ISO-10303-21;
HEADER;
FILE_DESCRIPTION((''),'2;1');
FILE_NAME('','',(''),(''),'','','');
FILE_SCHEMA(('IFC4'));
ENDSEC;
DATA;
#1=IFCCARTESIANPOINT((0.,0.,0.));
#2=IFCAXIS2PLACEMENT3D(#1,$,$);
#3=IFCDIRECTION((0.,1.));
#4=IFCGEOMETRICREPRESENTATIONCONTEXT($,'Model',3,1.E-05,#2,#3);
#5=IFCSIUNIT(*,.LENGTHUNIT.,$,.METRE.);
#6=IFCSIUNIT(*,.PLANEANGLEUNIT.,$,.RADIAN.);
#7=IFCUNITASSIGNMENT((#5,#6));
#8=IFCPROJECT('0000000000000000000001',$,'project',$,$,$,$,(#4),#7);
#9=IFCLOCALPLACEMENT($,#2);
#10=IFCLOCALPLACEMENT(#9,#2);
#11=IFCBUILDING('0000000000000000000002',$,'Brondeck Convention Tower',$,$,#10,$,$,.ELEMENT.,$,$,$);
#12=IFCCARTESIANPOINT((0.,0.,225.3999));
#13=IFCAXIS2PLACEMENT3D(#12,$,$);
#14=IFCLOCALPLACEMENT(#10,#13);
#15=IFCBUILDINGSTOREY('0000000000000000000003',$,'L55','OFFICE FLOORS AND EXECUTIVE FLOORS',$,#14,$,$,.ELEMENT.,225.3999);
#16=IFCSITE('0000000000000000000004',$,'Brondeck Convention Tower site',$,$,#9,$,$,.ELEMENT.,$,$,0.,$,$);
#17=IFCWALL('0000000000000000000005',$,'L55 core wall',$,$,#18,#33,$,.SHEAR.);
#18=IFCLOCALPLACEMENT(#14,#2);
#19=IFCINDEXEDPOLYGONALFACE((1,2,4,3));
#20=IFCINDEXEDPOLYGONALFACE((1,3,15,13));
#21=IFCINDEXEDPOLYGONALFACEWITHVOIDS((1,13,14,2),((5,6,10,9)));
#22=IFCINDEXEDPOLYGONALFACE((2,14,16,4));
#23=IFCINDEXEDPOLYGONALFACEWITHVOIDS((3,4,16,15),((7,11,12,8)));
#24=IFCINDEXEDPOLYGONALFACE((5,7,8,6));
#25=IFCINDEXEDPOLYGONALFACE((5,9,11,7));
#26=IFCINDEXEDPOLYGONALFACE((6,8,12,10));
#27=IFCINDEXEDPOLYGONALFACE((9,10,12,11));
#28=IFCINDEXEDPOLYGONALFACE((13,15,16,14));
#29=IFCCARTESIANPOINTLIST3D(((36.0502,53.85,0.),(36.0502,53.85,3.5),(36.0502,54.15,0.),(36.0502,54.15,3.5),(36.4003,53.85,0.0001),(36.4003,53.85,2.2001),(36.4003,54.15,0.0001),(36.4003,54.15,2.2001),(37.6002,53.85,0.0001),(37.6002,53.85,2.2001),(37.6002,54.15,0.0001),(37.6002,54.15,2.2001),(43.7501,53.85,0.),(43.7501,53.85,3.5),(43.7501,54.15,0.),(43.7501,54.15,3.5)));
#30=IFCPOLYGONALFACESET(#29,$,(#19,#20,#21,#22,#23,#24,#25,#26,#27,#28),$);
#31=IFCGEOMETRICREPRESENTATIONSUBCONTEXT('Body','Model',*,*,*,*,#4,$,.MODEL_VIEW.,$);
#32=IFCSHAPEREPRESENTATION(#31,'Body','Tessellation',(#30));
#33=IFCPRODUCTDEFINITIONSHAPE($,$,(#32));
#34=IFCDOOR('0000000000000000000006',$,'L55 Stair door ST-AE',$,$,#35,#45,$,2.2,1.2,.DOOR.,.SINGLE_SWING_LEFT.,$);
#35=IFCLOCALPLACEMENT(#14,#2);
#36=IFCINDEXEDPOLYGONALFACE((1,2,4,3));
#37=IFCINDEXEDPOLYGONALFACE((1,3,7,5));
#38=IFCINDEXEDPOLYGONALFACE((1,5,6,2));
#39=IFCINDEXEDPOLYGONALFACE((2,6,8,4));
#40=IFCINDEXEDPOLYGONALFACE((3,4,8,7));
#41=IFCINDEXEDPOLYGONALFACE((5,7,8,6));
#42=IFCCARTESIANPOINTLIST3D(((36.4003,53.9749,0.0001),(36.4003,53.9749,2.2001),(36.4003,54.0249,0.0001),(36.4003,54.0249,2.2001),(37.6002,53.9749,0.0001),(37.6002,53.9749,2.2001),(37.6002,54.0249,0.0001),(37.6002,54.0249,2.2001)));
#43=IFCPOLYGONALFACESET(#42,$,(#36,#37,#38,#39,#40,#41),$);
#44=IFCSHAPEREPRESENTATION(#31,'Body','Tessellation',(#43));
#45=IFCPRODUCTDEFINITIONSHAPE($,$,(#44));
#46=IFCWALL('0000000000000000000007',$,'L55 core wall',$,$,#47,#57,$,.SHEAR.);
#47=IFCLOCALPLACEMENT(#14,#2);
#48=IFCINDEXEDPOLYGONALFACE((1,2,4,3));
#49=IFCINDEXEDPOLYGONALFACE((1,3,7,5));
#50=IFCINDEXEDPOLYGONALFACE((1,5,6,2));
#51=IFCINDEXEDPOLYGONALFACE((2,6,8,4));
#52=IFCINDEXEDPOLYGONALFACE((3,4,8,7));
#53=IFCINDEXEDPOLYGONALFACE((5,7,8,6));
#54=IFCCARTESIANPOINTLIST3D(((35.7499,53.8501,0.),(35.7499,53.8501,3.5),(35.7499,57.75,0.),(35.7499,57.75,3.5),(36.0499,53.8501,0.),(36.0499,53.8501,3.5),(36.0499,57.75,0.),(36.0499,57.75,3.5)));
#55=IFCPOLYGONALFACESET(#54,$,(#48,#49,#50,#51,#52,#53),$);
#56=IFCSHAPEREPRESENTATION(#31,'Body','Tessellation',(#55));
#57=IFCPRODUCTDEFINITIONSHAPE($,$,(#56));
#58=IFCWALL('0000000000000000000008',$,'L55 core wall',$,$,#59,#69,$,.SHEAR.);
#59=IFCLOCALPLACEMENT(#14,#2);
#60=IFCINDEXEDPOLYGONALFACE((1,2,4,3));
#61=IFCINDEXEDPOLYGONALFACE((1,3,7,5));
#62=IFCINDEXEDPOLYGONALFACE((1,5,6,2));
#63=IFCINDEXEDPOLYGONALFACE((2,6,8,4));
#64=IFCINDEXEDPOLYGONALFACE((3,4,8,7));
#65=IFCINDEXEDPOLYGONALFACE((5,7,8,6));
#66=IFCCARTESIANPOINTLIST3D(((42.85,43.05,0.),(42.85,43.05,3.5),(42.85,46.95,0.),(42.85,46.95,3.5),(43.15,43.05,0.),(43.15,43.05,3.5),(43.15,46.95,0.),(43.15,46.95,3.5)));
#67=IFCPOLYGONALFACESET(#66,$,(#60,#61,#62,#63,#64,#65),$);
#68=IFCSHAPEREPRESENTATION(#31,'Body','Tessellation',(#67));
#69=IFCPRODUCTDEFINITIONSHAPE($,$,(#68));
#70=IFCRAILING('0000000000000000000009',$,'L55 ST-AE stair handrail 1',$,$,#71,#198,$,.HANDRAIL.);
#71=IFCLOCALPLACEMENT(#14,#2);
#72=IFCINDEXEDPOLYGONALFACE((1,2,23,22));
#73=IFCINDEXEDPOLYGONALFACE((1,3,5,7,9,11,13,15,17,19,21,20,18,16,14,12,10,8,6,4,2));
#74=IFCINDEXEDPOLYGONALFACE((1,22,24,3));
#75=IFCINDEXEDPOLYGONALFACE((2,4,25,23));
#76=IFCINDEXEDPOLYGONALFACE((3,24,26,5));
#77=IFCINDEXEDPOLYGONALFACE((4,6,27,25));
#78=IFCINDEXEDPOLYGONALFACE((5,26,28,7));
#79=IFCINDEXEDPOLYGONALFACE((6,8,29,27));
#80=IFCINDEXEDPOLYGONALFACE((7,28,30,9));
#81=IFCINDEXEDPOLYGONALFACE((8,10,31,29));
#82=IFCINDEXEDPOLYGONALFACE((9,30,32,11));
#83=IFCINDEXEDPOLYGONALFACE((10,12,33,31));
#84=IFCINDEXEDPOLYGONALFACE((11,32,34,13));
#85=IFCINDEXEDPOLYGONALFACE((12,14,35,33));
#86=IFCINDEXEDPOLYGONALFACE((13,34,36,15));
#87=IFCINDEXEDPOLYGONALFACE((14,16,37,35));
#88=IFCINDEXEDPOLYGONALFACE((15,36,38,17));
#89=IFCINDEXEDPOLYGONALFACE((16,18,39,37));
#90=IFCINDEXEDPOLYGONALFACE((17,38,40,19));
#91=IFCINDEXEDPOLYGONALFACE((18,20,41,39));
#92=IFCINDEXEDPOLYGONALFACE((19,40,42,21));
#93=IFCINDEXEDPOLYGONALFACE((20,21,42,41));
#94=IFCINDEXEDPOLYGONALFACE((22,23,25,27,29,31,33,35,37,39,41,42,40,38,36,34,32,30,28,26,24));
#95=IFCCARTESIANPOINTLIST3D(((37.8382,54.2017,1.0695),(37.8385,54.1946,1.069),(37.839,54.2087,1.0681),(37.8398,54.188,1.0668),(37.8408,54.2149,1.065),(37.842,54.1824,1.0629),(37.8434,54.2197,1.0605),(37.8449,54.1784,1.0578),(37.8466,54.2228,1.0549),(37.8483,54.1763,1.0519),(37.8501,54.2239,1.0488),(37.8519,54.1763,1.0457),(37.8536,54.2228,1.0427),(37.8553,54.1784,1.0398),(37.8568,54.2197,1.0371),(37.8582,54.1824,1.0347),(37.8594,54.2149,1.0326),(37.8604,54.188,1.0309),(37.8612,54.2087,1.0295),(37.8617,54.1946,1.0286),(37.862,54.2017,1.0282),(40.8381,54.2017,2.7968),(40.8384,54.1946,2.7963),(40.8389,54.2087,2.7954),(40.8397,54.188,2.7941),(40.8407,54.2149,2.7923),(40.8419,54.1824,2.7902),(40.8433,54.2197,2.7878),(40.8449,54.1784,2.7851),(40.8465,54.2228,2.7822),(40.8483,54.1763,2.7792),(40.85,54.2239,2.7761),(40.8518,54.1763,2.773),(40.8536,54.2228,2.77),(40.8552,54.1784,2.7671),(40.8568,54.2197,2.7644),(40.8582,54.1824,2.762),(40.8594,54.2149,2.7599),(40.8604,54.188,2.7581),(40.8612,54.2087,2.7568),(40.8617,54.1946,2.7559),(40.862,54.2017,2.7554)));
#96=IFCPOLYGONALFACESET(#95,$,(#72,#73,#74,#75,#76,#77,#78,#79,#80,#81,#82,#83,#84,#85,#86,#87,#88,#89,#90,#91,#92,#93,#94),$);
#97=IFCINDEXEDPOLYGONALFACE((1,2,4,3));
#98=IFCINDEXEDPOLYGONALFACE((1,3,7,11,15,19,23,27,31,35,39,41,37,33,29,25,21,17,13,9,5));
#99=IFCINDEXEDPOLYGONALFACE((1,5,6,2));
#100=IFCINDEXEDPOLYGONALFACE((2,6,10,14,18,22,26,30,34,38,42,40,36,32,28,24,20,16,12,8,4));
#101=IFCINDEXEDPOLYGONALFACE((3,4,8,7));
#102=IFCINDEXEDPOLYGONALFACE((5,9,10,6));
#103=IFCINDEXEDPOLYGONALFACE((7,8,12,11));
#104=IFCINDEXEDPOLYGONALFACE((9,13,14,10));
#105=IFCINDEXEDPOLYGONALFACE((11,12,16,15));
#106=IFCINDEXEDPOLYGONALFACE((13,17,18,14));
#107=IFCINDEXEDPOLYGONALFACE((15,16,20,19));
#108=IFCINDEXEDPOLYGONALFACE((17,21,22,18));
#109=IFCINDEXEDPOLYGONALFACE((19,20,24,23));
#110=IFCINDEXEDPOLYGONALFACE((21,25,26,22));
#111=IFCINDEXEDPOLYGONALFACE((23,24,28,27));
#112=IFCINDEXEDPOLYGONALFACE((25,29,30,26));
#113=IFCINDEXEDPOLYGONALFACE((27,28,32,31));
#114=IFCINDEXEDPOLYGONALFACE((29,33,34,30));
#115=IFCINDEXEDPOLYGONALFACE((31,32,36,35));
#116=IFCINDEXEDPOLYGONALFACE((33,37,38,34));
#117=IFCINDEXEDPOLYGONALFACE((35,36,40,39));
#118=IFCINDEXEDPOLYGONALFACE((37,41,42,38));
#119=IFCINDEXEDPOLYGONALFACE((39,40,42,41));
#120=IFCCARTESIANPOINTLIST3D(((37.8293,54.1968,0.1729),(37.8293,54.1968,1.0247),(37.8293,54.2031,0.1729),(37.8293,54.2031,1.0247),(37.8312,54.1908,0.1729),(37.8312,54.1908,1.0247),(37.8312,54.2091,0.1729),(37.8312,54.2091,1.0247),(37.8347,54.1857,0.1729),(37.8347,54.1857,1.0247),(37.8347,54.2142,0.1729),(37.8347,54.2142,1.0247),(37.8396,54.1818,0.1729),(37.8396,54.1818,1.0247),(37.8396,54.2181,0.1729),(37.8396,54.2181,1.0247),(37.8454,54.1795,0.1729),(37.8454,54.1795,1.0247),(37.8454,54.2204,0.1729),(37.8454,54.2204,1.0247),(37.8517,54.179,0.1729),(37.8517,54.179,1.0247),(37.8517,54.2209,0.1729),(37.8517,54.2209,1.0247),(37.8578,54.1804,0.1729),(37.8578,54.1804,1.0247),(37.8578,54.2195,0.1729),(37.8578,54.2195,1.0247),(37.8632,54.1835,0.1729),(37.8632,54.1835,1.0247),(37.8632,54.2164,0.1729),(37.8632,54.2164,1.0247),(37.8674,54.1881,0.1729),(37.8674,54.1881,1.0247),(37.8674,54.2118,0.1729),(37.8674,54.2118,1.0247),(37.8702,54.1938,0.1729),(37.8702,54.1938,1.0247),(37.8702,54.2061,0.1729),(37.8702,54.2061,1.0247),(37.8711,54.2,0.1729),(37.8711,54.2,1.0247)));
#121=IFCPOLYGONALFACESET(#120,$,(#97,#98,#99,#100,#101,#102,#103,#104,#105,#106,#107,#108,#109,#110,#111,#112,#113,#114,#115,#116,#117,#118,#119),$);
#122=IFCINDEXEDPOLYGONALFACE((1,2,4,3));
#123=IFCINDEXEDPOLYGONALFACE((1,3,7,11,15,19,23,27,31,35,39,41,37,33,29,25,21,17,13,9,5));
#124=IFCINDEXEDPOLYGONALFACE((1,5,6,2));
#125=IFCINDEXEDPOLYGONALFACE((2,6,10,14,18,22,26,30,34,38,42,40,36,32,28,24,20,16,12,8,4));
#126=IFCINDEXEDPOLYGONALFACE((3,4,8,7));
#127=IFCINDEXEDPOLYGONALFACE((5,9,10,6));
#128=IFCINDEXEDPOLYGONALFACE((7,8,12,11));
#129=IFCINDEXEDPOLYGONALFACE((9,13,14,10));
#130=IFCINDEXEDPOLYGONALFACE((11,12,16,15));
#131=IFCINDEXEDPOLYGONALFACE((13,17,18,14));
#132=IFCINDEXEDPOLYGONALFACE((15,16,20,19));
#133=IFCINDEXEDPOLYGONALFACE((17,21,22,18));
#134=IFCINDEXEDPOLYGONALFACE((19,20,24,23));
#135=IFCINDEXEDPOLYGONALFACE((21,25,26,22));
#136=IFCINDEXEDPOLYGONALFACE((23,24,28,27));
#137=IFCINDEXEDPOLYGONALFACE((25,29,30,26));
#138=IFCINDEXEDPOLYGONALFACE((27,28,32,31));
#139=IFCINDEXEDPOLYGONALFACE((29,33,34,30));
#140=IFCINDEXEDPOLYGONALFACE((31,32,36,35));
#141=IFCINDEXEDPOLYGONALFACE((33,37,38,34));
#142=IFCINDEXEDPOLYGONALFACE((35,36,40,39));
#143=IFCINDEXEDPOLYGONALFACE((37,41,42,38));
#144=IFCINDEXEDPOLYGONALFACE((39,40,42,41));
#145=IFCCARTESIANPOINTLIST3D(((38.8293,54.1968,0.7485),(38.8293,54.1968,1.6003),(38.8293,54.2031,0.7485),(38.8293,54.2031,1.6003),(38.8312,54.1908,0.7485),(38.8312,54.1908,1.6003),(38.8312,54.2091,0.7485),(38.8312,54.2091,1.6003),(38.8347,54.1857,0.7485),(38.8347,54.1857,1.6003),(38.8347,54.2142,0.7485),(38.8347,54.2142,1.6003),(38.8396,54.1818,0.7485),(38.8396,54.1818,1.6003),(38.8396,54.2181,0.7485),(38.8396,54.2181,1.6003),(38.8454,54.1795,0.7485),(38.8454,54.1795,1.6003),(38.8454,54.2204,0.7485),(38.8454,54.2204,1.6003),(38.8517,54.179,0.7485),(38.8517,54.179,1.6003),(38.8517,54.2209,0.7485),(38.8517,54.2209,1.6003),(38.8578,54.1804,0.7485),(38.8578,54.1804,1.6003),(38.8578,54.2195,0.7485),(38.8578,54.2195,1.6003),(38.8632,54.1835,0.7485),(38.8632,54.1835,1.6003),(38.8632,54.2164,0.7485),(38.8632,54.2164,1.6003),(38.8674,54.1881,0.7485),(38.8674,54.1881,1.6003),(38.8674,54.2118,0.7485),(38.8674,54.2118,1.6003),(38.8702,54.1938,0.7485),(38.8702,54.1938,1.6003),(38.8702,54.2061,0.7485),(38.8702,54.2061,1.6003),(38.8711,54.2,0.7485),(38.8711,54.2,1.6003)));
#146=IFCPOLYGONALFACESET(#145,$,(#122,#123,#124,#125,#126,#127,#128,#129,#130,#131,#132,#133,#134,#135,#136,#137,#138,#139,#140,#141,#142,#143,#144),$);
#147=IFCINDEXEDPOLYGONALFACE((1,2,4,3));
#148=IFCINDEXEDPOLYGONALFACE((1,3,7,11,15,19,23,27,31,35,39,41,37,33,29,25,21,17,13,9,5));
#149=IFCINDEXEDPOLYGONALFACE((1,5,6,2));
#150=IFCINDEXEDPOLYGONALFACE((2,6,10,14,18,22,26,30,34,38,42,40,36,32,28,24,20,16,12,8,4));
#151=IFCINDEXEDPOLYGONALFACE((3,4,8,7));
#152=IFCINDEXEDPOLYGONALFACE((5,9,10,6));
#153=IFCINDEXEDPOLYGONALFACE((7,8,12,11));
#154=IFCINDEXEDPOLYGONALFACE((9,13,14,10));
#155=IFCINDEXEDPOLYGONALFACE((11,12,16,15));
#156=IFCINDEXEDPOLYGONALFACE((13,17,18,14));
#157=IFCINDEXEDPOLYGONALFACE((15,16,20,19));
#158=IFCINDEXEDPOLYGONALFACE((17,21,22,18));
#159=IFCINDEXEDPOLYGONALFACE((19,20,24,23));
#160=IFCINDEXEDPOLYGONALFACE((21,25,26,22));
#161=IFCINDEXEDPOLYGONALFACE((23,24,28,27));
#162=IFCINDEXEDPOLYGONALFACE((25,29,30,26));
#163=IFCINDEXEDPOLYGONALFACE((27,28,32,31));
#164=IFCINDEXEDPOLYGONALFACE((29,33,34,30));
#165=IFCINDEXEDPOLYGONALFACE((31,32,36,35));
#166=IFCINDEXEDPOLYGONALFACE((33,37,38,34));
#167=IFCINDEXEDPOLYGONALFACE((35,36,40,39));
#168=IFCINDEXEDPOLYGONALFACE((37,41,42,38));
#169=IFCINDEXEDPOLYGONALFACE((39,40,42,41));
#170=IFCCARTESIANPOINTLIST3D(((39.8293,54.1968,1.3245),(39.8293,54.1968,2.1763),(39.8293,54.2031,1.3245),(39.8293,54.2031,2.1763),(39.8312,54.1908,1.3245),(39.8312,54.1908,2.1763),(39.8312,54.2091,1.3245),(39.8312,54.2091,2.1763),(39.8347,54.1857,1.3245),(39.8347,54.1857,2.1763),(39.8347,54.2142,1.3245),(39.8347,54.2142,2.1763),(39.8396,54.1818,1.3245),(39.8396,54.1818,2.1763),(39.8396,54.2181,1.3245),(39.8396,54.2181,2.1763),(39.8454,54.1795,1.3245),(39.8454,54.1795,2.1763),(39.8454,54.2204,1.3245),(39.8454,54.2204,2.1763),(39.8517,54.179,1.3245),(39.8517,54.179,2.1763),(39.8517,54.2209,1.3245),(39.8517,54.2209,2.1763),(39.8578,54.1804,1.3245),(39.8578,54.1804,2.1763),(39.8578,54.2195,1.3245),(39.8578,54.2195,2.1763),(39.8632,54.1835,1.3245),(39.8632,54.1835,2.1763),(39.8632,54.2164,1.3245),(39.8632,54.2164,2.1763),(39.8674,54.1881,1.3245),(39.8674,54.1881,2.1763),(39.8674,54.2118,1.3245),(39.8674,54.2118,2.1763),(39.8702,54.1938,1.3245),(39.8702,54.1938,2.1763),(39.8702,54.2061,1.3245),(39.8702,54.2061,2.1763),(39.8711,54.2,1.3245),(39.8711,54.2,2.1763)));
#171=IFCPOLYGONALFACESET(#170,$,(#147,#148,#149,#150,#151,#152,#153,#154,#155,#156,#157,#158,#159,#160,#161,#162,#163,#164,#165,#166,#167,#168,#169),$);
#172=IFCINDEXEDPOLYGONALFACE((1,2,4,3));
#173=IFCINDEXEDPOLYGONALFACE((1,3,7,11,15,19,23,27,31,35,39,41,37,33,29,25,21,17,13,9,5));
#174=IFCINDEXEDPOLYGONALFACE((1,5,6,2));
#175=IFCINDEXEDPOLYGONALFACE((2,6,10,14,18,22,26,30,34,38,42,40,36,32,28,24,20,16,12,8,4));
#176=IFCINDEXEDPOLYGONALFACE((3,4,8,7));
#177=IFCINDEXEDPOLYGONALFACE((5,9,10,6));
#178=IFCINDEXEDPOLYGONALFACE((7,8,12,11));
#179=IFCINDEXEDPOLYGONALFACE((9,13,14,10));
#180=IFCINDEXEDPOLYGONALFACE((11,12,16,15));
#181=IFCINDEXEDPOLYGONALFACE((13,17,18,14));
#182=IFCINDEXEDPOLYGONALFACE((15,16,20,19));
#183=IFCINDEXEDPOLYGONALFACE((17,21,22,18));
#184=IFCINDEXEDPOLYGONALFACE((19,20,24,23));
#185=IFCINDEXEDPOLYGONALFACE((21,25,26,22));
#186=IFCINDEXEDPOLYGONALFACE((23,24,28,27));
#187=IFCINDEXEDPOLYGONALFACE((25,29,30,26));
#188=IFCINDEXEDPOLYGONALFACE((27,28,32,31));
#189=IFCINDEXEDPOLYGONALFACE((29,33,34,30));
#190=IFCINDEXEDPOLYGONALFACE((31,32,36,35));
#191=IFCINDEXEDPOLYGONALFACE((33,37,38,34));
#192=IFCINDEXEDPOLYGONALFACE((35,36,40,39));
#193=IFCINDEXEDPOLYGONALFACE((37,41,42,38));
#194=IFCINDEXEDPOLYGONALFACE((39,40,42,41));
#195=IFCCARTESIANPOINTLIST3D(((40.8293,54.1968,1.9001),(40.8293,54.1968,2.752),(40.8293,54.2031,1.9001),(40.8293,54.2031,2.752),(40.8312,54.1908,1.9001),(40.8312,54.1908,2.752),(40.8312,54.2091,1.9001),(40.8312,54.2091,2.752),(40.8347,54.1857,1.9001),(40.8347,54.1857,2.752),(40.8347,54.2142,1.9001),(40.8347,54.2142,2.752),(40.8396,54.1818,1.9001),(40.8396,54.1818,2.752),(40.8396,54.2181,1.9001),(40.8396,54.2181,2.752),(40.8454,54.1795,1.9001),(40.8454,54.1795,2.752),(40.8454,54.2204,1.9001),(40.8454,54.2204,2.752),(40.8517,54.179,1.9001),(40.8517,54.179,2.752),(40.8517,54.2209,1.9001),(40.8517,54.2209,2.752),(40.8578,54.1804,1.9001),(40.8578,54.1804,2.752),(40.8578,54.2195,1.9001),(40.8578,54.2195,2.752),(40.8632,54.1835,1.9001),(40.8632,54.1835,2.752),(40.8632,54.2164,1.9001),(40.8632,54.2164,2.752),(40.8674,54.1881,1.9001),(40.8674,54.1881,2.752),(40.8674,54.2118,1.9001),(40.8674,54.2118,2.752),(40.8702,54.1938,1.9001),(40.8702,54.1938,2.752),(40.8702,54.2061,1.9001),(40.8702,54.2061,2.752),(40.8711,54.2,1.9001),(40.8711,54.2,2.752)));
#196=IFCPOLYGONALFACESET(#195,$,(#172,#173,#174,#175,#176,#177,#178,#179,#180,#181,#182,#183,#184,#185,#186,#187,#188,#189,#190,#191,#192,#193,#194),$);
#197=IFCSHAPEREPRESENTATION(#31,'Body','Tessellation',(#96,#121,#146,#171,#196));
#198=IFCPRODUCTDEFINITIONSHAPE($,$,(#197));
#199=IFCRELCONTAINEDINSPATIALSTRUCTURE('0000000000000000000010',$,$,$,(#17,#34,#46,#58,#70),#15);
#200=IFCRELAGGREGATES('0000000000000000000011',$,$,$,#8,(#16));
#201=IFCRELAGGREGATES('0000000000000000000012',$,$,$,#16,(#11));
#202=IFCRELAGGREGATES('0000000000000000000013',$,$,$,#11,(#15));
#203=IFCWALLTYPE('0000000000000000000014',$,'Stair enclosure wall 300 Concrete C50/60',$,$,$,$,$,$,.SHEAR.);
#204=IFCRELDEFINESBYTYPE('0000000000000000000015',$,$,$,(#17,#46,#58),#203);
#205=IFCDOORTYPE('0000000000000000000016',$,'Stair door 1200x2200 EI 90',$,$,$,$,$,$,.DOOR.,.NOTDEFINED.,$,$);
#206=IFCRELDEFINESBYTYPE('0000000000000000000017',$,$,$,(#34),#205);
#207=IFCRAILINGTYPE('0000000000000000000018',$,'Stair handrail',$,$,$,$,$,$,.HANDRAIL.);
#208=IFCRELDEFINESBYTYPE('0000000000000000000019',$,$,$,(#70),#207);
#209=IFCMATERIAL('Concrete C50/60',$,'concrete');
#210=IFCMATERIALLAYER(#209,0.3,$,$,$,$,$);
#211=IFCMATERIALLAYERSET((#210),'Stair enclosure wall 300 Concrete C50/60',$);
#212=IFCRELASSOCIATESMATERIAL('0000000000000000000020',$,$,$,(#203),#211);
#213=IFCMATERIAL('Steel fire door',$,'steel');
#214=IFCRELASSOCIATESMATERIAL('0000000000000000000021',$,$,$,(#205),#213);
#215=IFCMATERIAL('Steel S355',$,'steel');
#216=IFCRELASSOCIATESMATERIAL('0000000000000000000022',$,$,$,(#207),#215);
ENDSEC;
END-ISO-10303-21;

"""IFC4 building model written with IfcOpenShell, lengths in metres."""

from ifc_helpers import new_model, si_unit, direction, frame, frame_2d, origin, origin_2d, place, context, subcontext, project, spatial, rectangle, circle, extrude, material, layer, layer_set, type_object, element, fill, save


model = new_model("IFC4")

# Units and contexts
model_context = context("Model", 3, precision=1e-05, world=origin(), true_north=direction((0.0, 1.0)))
body_context = subcontext(model_context, "Body", "Model", "MODEL_VIEW")
ifc_project = project(units=[si_unit("LENGTHUNIT", "METRE"), si_unit("PLANEANGLEUNIT", "RADIAN")], contexts=[model_context])

# Site, building, storey
site_placement = place(None, origin())
site = spatial("IfcSite", under=ifc_project, at=site_placement, Name="Brondeck Convention Tower site", CompositionType="ELEMENT", RefElevation=0.0)
building_placement = place(site_placement, origin())
building = spatial("IfcBuilding", under=site, at=building_placement, Name="Brondeck Convention Tower", CompositionType="ELEMENT")
storey_placement = place(building_placement, frame((0.0, 0.0, 225.3999)))
storey = spatial("IfcBuildingStorey", under=building, at=storey_placement, Name="L55", Description="OFFICE FLOORS AND EXECUTIVE FLOORS", CompositionType="ELEMENT", Elevation=225.3999)

# Shared definitions
ifc_material_1 = material(Name="Concrete C50/60", Category="concrete")

# Shared definitions
ifc_material_2 = material(Name="Steel S355", Category="steel")

# Shared definitions
ifc_layer_1 = layer(ifc_material_1, 0.3)
ifc_layer_set_1 = layer_set([ifc_layer_1], Name="Stair enclosure wall 300 Concrete C50/60")
wall_type_1 = type_object("IfcWallType", Name="Stair enclosure wall 300 Concrete C50/60", PredefinedType="SHEAR", material=ifc_layer_set_1)
ifc_material_3 = material(Name="Steel fire door", Category="steel")
door_type_1 = type_object("IfcDoorType", Name="Stair door 1200x2200 EI 90", OperationType="NOTDEFINED", PredefinedType="DOOR", material=ifc_material_3)

# Wall, opening, door
wall_1_placement = place(storey_placement, frame((36.05, 54.0, 0.0), z_axis=(0.0, 0.0, 1.0), x_axis=(1.0, 0.0, 0.0)))
wall_1 = element("IfcWall", 1, at=wall_1_placement, inside=storey, type_object=wall_type_1, Name="L55 core wall", PredefinedType="SHEAR", context=body_context, shape_type="SweptSolid", body=[
    extrude(rectangle(XDim=7.7, YDim=0.3, at=frame_2d((3.8501, 0.0))), origin(), (0.0, 0.0, 1.0), 3.5),
])
opening_1_placement = place(wall_1_placement, frame((0.3501, 0.0, 0.0)))
opening_1 = element("IfcOpeningElement", 2, at=opening_1_placement, cuts=wall_1, PredefinedType="OPENING", context=body_context, shape_type="SweptSolid", body=[
    extrude(rectangle(XDim=1.2, YDim=2.2, at=frame_2d((0.6001, 1.1001))), frame((0.0, 0.1599, 0.0), z_axis=(0.0, -1.0, 0.0), x_axis=(1.0, 0.0, 0.0)), (0.0, 0.0, 1.0), 0.3201),
])
door_1_placement = place(opening_1_placement, origin())
door_1 = element("IfcDoor", 3, at=door_1_placement, inside=storey, type_object=door_type_1, Name="L55 Stair door ST-AE", OperationType="SINGLE_SWING_LEFT", OverallHeight=2.2, OverallWidth=1.2, PredefinedType="DOOR", context=body_context, shape_type="SweptSolid", body=[
    extrude(rectangle(XDim=1.2, YDim=2.2, at=frame_2d((0.6001, 1.1001))), frame((0.0, 0.0249, 0.0), z_axis=(0.0, -1.0, 0.0), x_axis=(1.0, 0.0, 0.0)), (0.0, 0.0, 1.0), 0.05),
])
fill(opening_1, door_1)

# Walls
for number, where, z_axis, x_axis, name in (
    (4, (35.8999, 53.8501, 0.0), (0.0, 0.0, 1.0), (0.0, 1.0, 0.0), "L55 core wall"),
    (5, (43.0, 43.05, 0.0), (0.0, 0.0, 1.0), (0.0, 1.0, 0.0), "L55 core wall"),
):
    element("IfcWall", number, at=place(storey_placement, frame(where, z_axis=z_axis, x_axis=x_axis)), inside=storey, type_object=wall_type_1, Name=name, PredefinedType="SHEAR", context=body_context, shape_type="SweptSolid", body=[
        extrude(rectangle(XDim=3.8999, YDim=0.3, at=frame_2d((1.95, 0.0))), origin(), (0.0, 0.0, 1.0), 3.5),
    ])

# Railing
railing_type = type_object("IfcRailingType", Name="Stair handrail", PredefinedType="HANDRAIL", material=ifc_material_2)
railing_placement = place(storey_placement, frame((37.8501, 54.2, 0.1729)))
element("IfcRailing", 6, at=railing_placement, inside=storey, type_object=railing_type, Name="L55 ST-AE stair handrail 1", PredefinedType="HANDRAIL", context=body_context, shape_type="SweptSolid", body=[
    extrude(circle(Radius=0.0239, at=origin_2d()), frame((0.0, 0.0, 0.876), z_axis=(0.86662, 0.0, 0.498969), x_axis=(0.0, 1.0, 0.0)), (0.0, 0.0, 1.0), 3.4617),
    extrude(circle(Radius=0.021, at=origin_2d()), origin(), (0.0, 0.0, 1.0), 0.8518),
    extrude(circle(Radius=0.021, at=origin_2d()), frame((1.0, 0.0, 0.5757)), (0.0, 0.0, 1.0), 0.8518),
    extrude(circle(Radius=0.021, at=origin_2d()), frame((2.0, 0.0, 1.1516)), (0.0, 0.0, 1.0), 0.8518),
    extrude(circle(Radius=0.021, at=origin_2d()), frame((3.0, 0.0, 1.7273)), (0.0, 0.0, 1.0), 0.8518),
])

save(model, "model.ifc")
